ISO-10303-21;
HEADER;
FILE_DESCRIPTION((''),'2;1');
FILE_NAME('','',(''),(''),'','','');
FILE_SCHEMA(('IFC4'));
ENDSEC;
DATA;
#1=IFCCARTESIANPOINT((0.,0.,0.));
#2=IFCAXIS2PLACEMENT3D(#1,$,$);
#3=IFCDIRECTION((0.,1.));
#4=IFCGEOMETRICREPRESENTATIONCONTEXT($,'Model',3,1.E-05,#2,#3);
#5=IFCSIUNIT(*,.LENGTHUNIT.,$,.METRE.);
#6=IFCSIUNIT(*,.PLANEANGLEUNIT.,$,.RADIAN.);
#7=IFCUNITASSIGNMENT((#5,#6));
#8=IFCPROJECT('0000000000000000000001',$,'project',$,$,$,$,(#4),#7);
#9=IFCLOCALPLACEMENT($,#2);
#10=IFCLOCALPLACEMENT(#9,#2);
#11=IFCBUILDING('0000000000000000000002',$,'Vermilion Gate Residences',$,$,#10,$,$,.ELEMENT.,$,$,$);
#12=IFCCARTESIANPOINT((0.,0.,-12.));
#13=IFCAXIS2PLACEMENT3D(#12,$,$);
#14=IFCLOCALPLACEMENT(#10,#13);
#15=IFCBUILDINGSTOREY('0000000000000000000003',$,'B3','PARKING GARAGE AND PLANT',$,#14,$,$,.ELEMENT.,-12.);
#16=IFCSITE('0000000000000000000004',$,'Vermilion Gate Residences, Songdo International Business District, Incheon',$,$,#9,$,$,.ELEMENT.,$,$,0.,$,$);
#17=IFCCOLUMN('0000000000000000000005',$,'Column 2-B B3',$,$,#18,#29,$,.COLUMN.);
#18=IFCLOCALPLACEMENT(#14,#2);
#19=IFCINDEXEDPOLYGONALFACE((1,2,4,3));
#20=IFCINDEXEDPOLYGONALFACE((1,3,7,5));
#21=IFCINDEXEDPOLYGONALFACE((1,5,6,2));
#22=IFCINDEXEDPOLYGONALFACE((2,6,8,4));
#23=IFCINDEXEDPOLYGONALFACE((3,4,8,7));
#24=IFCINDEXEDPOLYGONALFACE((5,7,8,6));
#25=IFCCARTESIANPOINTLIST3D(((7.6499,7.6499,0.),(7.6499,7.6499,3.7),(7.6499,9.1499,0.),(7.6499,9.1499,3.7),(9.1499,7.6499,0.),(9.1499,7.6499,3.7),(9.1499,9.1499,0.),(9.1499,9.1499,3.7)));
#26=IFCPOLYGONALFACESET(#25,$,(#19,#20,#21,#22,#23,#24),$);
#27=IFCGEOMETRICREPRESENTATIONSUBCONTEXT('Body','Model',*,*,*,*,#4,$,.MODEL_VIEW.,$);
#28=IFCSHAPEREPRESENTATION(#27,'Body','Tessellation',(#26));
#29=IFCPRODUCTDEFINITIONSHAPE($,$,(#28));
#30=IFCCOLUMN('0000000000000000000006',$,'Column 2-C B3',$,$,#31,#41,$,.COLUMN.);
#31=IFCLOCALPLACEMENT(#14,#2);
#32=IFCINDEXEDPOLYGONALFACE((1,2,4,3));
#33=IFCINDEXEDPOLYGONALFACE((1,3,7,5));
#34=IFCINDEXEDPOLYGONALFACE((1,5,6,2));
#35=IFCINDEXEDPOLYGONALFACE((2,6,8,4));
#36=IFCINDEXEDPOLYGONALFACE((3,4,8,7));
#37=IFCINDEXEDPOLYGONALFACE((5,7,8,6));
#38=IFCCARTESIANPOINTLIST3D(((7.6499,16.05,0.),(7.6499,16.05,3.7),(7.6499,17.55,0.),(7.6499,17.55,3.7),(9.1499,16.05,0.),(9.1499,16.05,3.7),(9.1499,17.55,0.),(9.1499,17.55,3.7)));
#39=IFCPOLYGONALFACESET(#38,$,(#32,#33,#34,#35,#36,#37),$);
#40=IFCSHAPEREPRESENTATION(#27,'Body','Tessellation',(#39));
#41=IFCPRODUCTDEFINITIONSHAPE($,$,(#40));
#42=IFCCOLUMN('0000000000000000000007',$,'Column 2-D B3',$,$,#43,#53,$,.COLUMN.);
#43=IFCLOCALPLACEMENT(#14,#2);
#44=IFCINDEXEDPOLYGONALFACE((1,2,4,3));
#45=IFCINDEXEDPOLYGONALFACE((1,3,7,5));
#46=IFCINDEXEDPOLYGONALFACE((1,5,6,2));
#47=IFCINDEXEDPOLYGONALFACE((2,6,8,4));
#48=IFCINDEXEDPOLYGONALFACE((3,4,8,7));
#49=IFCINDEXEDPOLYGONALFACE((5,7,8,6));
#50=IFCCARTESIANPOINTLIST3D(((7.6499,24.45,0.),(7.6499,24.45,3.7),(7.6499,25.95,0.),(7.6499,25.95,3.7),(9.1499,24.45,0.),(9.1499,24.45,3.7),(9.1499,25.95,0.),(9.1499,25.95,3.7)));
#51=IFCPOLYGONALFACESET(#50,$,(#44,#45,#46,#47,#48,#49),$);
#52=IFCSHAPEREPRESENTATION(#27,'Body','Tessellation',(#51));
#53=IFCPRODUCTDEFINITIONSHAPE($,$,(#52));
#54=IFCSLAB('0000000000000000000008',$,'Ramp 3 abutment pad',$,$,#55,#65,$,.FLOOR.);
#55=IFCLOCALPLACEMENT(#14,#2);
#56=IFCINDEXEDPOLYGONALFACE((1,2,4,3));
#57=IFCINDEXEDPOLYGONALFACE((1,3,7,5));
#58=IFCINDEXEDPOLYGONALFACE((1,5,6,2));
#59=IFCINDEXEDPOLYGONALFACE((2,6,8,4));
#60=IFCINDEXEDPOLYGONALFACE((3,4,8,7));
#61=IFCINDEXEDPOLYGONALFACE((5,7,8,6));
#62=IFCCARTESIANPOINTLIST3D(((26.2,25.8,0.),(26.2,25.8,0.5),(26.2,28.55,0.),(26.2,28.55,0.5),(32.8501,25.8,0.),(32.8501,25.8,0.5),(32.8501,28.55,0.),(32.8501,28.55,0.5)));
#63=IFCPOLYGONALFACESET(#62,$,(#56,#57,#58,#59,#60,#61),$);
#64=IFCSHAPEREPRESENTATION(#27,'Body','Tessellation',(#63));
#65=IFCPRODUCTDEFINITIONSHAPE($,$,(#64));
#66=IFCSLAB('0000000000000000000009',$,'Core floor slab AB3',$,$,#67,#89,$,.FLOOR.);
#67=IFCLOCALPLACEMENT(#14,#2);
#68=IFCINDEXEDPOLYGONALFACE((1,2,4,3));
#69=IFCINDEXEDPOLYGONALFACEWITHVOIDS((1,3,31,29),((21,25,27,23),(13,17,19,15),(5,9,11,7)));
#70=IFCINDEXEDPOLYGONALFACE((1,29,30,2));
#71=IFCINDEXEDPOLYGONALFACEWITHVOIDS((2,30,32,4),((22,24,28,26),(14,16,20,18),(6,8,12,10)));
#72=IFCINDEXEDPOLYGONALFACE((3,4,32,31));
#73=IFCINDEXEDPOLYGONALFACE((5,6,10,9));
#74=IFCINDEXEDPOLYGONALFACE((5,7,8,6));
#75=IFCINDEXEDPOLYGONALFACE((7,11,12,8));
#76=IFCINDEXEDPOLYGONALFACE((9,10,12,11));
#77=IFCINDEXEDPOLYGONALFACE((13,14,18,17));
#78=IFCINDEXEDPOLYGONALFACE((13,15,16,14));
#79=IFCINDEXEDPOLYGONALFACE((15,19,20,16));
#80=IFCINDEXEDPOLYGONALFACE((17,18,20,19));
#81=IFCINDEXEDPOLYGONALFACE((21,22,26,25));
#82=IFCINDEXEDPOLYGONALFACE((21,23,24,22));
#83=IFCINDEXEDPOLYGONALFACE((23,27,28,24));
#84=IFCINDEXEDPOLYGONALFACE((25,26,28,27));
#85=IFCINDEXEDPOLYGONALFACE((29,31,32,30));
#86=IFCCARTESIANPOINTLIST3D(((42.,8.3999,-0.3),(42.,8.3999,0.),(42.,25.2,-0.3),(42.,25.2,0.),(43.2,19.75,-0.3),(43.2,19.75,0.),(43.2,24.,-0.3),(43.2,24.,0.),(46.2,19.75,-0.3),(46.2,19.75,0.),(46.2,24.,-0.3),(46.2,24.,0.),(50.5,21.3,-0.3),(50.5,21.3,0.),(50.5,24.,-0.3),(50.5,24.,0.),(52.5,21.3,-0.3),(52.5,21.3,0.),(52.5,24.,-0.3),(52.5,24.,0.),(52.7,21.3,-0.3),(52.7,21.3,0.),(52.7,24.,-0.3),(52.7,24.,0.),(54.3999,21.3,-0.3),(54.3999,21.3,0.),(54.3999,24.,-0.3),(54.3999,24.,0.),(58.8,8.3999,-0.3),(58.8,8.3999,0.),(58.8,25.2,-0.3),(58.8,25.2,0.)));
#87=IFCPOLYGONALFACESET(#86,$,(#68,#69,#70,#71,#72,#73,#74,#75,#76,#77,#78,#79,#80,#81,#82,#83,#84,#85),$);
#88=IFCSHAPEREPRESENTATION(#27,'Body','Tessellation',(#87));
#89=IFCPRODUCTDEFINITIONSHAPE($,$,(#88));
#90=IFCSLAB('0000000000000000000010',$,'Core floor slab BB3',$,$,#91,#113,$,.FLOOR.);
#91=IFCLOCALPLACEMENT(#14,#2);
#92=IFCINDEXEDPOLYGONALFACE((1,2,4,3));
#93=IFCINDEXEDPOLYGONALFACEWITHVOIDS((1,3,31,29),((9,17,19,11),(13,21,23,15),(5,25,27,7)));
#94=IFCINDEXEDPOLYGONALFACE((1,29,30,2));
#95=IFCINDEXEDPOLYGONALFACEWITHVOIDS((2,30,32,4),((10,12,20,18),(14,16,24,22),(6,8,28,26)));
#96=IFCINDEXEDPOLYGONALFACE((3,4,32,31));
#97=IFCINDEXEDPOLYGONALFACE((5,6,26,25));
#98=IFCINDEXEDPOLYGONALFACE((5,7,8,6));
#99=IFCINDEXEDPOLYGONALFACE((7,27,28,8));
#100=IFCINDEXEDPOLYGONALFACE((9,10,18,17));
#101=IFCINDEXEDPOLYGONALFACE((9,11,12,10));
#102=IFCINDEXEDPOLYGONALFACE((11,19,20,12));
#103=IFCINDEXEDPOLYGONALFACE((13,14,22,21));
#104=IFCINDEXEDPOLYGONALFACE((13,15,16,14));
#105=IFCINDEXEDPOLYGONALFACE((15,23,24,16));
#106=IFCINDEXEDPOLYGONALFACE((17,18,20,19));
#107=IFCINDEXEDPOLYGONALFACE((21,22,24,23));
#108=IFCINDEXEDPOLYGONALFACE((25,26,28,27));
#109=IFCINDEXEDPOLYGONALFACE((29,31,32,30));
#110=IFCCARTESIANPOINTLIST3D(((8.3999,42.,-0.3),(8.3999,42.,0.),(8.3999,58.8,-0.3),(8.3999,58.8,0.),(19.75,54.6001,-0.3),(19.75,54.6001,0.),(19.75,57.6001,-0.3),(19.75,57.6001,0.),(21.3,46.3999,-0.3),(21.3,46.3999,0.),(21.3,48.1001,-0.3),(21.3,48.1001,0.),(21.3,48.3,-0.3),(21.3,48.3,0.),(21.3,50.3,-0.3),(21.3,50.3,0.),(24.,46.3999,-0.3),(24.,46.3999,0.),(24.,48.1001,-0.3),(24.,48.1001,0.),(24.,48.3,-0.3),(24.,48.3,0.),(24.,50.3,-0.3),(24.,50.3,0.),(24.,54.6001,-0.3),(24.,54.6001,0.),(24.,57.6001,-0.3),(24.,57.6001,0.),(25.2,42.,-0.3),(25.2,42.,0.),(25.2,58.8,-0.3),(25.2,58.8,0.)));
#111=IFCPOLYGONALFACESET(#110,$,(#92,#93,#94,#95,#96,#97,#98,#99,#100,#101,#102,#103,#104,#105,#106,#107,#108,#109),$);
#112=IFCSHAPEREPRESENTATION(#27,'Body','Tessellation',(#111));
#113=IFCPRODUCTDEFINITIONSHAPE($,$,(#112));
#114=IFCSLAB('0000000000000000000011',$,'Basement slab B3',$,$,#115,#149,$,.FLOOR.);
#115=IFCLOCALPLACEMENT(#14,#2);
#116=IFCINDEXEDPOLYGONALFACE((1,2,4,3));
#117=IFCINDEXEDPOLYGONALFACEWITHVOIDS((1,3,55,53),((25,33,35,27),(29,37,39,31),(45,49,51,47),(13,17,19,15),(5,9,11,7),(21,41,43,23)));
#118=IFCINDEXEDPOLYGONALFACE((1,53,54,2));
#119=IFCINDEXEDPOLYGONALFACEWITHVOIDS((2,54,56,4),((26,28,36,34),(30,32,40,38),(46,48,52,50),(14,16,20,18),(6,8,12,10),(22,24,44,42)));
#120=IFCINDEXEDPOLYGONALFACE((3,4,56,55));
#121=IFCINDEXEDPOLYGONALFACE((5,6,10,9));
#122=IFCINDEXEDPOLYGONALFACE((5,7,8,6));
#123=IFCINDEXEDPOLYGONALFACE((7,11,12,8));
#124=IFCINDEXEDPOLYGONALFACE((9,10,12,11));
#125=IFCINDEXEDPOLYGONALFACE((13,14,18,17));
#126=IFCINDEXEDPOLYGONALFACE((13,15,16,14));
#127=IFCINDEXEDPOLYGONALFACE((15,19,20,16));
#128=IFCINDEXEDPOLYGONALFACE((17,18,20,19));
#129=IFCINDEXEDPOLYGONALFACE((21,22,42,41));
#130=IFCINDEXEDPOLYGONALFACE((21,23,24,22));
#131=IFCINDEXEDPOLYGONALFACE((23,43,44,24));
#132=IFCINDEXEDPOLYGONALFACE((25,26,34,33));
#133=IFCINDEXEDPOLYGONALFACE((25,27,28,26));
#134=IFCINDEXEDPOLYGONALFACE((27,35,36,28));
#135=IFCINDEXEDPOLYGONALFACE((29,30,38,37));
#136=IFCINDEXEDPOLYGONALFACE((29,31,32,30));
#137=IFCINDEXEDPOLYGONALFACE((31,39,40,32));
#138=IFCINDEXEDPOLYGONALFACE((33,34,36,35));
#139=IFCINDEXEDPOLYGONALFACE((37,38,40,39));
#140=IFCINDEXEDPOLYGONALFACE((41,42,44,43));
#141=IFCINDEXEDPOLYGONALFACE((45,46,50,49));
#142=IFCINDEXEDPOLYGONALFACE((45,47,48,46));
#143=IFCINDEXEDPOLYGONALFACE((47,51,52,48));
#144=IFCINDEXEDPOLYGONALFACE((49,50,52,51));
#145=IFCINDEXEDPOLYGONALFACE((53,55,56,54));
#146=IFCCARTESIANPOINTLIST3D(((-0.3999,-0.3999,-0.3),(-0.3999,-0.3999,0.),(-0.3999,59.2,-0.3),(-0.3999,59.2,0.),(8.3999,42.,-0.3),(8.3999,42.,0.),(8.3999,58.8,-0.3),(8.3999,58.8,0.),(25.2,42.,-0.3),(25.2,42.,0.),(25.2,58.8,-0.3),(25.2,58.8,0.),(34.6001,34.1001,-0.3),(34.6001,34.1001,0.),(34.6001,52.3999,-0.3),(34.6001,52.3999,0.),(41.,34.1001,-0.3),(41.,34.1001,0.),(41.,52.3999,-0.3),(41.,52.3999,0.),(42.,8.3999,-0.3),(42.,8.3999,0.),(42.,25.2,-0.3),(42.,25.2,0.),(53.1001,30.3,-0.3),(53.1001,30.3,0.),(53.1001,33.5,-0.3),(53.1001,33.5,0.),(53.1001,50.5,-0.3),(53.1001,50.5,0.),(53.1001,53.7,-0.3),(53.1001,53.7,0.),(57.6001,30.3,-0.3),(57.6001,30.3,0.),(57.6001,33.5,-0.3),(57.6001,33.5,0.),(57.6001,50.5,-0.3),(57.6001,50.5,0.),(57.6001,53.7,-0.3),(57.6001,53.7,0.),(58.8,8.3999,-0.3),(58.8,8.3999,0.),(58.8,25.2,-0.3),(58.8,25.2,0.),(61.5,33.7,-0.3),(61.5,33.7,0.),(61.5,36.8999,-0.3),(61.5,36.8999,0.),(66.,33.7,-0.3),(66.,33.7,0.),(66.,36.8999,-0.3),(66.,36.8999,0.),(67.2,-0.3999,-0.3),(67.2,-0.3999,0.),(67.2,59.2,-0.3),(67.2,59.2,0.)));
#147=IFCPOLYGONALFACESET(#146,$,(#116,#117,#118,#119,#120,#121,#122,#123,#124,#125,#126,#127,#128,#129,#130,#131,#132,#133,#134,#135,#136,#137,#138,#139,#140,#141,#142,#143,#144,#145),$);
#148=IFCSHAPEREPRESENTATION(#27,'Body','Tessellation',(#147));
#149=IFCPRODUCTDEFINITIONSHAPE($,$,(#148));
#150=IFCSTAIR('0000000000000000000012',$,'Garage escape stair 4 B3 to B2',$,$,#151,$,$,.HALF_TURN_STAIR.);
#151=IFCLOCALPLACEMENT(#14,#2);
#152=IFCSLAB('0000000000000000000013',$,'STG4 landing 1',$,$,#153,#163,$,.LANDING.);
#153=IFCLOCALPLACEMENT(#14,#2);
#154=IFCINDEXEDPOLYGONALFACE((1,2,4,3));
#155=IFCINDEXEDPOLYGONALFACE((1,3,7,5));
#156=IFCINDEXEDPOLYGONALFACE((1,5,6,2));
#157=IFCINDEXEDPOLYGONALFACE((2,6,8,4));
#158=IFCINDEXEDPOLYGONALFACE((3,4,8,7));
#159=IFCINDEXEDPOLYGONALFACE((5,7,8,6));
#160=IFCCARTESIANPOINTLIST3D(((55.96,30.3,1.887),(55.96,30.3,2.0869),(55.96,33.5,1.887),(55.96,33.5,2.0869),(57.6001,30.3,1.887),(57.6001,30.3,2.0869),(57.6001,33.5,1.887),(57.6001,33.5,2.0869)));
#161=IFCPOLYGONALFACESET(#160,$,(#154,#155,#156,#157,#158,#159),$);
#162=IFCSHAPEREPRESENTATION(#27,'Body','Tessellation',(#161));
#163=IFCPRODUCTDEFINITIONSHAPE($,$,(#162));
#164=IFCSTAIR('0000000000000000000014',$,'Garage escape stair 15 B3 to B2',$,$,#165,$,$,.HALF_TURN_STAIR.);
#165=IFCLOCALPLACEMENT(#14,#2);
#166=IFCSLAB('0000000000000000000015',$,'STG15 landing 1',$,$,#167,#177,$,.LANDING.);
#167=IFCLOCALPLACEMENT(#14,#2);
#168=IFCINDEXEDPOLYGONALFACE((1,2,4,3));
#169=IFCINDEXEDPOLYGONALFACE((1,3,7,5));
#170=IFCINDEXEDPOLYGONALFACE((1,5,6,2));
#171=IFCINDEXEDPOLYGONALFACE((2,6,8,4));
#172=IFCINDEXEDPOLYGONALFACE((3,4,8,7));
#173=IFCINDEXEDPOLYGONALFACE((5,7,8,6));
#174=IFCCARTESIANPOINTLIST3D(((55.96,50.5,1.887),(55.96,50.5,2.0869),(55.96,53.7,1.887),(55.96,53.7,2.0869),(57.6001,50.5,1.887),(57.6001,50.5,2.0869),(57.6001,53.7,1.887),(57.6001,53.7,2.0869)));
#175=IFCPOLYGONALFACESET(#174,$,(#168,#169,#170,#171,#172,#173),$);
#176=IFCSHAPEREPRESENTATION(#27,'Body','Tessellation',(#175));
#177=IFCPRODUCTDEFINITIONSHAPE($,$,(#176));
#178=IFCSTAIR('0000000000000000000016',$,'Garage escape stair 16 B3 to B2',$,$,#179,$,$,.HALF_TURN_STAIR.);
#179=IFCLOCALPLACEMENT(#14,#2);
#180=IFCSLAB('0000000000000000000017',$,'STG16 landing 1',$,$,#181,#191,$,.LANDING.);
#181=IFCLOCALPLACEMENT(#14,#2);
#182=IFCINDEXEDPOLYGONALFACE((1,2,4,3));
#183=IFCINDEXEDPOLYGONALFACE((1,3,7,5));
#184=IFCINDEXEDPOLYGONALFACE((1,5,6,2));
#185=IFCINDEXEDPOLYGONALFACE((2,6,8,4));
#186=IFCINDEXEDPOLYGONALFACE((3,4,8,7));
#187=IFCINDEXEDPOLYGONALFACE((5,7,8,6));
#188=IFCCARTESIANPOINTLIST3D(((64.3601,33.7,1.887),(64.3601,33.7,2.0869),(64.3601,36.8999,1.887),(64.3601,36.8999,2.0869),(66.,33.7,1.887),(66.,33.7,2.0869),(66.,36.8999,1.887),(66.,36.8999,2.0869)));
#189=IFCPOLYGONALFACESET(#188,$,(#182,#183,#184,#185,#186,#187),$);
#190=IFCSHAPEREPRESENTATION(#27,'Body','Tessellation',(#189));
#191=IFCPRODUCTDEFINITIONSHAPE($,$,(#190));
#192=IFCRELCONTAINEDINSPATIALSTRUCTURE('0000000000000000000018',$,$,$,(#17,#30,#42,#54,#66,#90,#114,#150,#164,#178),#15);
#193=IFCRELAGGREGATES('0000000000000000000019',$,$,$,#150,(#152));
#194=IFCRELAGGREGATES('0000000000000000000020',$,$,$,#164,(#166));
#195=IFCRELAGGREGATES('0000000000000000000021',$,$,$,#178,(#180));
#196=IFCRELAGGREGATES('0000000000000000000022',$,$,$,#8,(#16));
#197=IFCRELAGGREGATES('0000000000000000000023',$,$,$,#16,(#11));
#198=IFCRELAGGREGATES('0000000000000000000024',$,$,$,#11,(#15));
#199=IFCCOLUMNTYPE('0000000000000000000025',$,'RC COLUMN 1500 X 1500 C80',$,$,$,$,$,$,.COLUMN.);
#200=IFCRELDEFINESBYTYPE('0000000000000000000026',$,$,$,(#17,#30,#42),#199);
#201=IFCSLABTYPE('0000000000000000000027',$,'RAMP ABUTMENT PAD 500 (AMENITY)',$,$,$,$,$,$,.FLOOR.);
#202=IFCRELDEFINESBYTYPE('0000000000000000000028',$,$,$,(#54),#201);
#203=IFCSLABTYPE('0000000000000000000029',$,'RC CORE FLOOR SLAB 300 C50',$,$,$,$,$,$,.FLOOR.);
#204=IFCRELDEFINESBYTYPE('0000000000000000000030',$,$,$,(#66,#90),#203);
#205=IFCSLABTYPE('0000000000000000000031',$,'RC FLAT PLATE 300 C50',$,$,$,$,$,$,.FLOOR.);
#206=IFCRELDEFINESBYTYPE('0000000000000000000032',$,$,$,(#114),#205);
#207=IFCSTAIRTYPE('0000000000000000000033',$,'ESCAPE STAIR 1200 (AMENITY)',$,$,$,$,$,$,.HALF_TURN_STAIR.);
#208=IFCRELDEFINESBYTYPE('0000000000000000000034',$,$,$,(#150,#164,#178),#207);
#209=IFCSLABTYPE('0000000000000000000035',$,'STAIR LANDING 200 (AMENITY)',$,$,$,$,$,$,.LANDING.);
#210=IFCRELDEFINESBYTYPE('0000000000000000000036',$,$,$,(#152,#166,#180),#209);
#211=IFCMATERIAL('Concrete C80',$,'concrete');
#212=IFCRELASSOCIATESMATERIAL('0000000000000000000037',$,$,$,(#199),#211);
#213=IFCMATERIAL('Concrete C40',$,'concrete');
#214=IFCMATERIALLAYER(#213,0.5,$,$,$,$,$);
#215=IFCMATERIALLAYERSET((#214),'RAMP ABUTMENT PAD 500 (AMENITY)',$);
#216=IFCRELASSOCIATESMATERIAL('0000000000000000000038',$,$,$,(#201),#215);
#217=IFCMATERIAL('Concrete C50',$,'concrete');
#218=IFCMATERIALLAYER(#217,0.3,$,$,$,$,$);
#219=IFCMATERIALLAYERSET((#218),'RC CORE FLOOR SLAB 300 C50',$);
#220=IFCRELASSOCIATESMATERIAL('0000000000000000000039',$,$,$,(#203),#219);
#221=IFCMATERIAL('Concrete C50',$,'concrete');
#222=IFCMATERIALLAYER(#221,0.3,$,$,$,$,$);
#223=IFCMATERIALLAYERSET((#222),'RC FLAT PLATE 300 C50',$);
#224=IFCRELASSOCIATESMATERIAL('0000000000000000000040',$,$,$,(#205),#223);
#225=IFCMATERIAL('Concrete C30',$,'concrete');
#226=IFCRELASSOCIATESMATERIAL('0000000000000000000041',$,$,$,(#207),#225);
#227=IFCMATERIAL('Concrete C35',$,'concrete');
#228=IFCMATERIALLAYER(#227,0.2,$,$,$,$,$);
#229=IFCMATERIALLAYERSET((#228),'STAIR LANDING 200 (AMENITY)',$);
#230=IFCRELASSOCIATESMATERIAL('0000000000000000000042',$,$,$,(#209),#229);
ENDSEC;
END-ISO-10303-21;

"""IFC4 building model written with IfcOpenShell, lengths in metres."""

from ifc_helpers import new_model, si_unit, direction, frame, origin, origin_2d, place, context, subcontext, project, spatial, polyline, rectangle, outline, extrude, material, layer, layer_set, material_profile, profile_set, type_object, element, aggregate, save


model = new_model("IFC4")

# Units and contexts
model_context = context("Model", 3, precision=1e-05, world=origin(), true_north=direction((0.0, 1.0)))
body_context = subcontext(model_context, "Body", "Model", "MODEL_VIEW")
ifc_project = project(units=[si_unit("LENGTHUNIT", "METRE"), si_unit("PLANEANGLEUNIT", "RADIAN")], contexts=[model_context])

# Site, building, storey
site_placement = place(None, origin())
site = spatial("IfcSite", under=ifc_project, at=site_placement, Name="Vermilion Gate Residences, Songdo International Business District, Incheon", CompositionType="ELEMENT", RefElevation=0.0)
building_placement = place(site_placement, origin())
building = spatial("IfcBuilding", under=site, at=building_placement, Name="Vermilion Gate Residences", CompositionType="ELEMENT")
storey_placement = place(building_placement, frame((0.0, 0.0, -12.0)))
storey = spatial("IfcBuildingStorey", under=building, at=storey_placement, Name="B3", Description="PARKING GARAGE AND PLANT", CompositionType="ELEMENT", Elevation=-12.0)

# Columns
ifc_material_1 = material(Name="Concrete C80", Category="concrete")
ifc_material_profile = material_profile(ifc_material_1, rectangle(XDim=1.5, YDim=1.5, at=origin_2d()), Name="RC-1500x1500")
ifc_profile_set = profile_set([ifc_material_profile], Name="Concrete C80")
column_type = type_object("IfcColumnType", Name="RC COLUMN 1500 X 1500 C80", PredefinedType="COLUMN", material=ifc_profile_set)
for number, where, z_axis, x_axis, name in (
    (1, (8.3999, 8.3999, 0.0), (0.0, 0.0, 1.0), (1.0, 0.0, 0.0), "Column 2-B B3"),
    (2, (8.3999, 16.8, 0.0), (0.0, 0.0, 1.0), (1.0, 0.0, 0.0), "Column 2-C B3"),
    (3, (8.3999, 25.2, 0.0), (0.0, 0.0, 1.0), (1.0, 0.0, 0.0), "Column 2-D B3"),
):
    element("IfcColumn", number, at=place(storey_placement, frame(where, z_axis=z_axis, x_axis=x_axis)), inside=storey, type_object=column_type, Name=name, PredefinedType="COLUMN", context=body_context, shape_type="SweptSolid", body=[
        extrude(rectangle(XDim=1.5, YDim=1.5, at=origin_2d()), origin(), (0.0, 0.0, 1.0), 3.7),
    ])

# Slabs
ifc_material_2 = material(Name="Concrete C40", Category="concrete")
ifc_layer_1 = layer(ifc_material_2, 0.5)
ifc_layer_set_1 = layer_set([ifc_layer_1], Name="RAMP ABUTMENT PAD 500 (AMENITY)")
slab_type_1 = type_object("IfcSlabType", Name="RAMP ABUTMENT PAD 500 (AMENITY)", PredefinedType="FLOOR", material=ifc_layer_set_1)
slab_1_placement = place(storey_placement, origin())
element("IfcSlab", 4, at=slab_1_placement, inside=storey, type_object=slab_type_1, Name="Ramp 3 abutment pad", PredefinedType="FLOOR", context=body_context, shape_type="SweptSolid", body=[
    extrude(outline(polyline([(26.2, 25.8), (32.8501, 25.8), (32.8501, 28.55), (26.2, 28.55), (26.2, 25.8)])), origin(), (0.0, 0.0, 1.0), 0.5),
])
ifc_material_3 = material(Name="Concrete C50", Category="concrete")
ifc_layer_2 = layer(ifc_material_3, 0.3)
ifc_layer_set_2 = layer_set([ifc_layer_2], Name="RC CORE FLOOR SLAB 300 C50")
slab_type_2 = type_object("IfcSlabType", Name="RC CORE FLOOR SLAB 300 C50", PredefinedType="FLOOR", material=ifc_layer_set_2)
slab_2_placement = place(storey_placement, frame((0.0, 0.0, -0.3)))
element("IfcSlab", 5, at=slab_2_placement, inside=storey, type_object=slab_type_2, Name="Core floor slab AB3", PredefinedType="FLOOR", context=body_context, shape_type="SweptSolid", body=[
    extrude(outline(polyline([(42.0, 8.3999), (58.8, 8.3999), (58.8, 25.2), (42.0, 25.2), (42.0, 8.3999)]), holes=[polyline([(46.2, 19.75), (43.2, 19.75), (43.2, 24.0), (46.2, 24.0), (46.2, 19.75)]), polyline([(50.5, 21.3), (50.5, 24.0), (52.5, 24.0), (52.5, 21.3), (50.5, 21.3)]), polyline([(52.7, 21.3), (52.7, 24.0), (54.3999, 24.0), (54.3999, 21.3), (52.7, 21.3)])]), origin(), (0.0, 0.0, 1.0), 0.3),
])
slab_3_placement = place(storey_placement, frame((0.0, 0.0, -0.3)))
element("IfcSlab", 6, at=slab_3_placement, inside=storey, type_object=slab_type_2, Name="Core floor slab BB3", PredefinedType="FLOOR", context=body_context, shape_type="SweptSolid", body=[
    extrude(outline(polyline([(8.3999, 42.0), (25.2, 42.0), (25.2, 58.8), (8.3999, 58.8), (8.3999, 42.0)]), holes=[polyline([(24.0, 46.3999), (21.3, 46.3999), (21.3, 48.1001), (24.0, 48.1001), (24.0, 46.3999)]), polyline([(21.3, 48.3), (21.3, 50.3), (24.0, 50.3), (24.0, 48.3), (21.3, 48.3)]), polyline([(19.75, 54.6001), (19.75, 57.6001), (24.0, 57.6001), (24.0, 54.6001), (19.75, 54.6001)])]), origin(), (0.0, 0.0, 1.0), 0.3),
])
ifc_material_4 = material(Name="Concrete C50", Category="concrete")
ifc_layer_3 = layer(ifc_material_4, 0.3)
ifc_layer_set_3 = layer_set([ifc_layer_3], Name="RC FLAT PLATE 300 C50")
slab_type_3 = type_object("IfcSlabType", Name="RC FLAT PLATE 300 C50", PredefinedType="FLOOR", material=ifc_layer_set_3)
slab_4_placement = place(storey_placement, frame((0.0, 0.0, -0.3)))
element("IfcSlab", 7, at=slab_4_placement, inside=storey, type_object=slab_type_3, Name="Basement slab B3", PredefinedType="FLOOR", context=body_context, shape_type="SweptSolid", body=[
    extrude(outline(polyline([(-0.3999, -0.3999), (67.2, -0.3999), (67.2, 59.2), (-0.3999, 59.2), (-0.3999, -0.3999)]), holes=[polyline([(66.0, 36.8999), (66.0, 33.7), (61.5, 33.7), (61.5, 36.8999), (66.0, 36.8999)]), polyline([(58.8, 8.3999), (42.0, 8.3999), (42.0, 25.2), (58.8, 25.2), (58.8, 8.3999)]), polyline([(53.1001, 30.3), (53.1001, 33.5), (57.6001, 33.5), (57.6001, 30.3), (53.1001, 30.3)]), polyline([(53.1001, 53.7), (57.6001, 53.7), (57.6001, 50.5), (53.1001, 50.5), (53.1001, 53.7)]), polyline([(41.0, 34.1001), (34.6001, 34.1001), (34.6001, 52.3999), (41.0, 52.3999), (41.0, 34.1001)]), polyline([(25.2, 42.0), (8.3999, 42.0), (8.3999, 58.8), (25.2, 58.8), (25.2, 42.0)])]), origin(), (0.0, 0.0, 1.0), 0.3),
])

# Stairs, slabs
ifc_material_5 = material(Name="Concrete C30", Category="concrete")
stair_type_1 = type_object("IfcStairType", Name="ESCAPE STAIR 1200 (AMENITY)", PredefinedType="HALF_TURN_STAIR", material=ifc_material_5)
stair_1_placement = place(storey_placement, origin())
stair_1 = element("IfcStair", 8, at=stair_1_placement, inside=storey, type_object=stair_type_1, Name="Garage escape stair 4 B3 to B2", PredefinedType="HALF_TURN_STAIR")
ifc_material_6 = material(Name="Concrete C35", Category="concrete")
ifc_layer_4 = layer(ifc_material_6, 0.2)
ifc_layer_set_4 = layer_set([ifc_layer_4], Name="STAIR LANDING 200 (AMENITY)")
slab_type_4 = type_object("IfcSlabType", Name="STAIR LANDING 200 (AMENITY)", PredefinedType="LANDING", material=ifc_layer_set_4)
slab_5_placement = place(storey_placement, frame((0.0, 0.0, 1.887)))
slab_5 = element("IfcSlab", 9, at=slab_5_placement, type_object=slab_type_4, Name="STG4 landing 1", PredefinedType="LANDING", context=body_context, shape_type="SweptSolid", body=[
    extrude(outline(polyline([(55.96, 30.3), (57.6001, 30.3), (57.6001, 33.5), (55.96, 33.5), (55.96, 30.3)])), origin(), (0.0, 0.0, 1.0), 0.2),
])
aggregate(stair_1, [slab_5])
stair_2_placement = place(storey_placement, origin())
stair_2 = element("IfcStair", 10, at=stair_2_placement, inside=storey, type_object=stair_type_1, Name="Garage escape stair 15 B3 to B2", PredefinedType="HALF_TURN_STAIR")
slab_6_placement = place(storey_placement, frame((0.0, 0.0, 1.887)))
slab_6 = element("IfcSlab", 11, at=slab_6_placement, type_object=slab_type_4, Name="STG15 landing 1", PredefinedType="LANDING", context=body_context, shape_type="SweptSolid", body=[
    extrude(outline(polyline([(55.96, 50.5), (57.6001, 50.5), (57.6001, 53.7), (55.96, 53.7), (55.96, 50.5)])), origin(), (0.0, 0.0, 1.0), 0.2),
])
aggregate(stair_2, [slab_6])
stair_3_placement = place(storey_placement, origin())
stair_3 = element("IfcStair", 12, at=stair_3_placement, inside=storey, type_object=stair_type_1, Name="Garage escape stair 16 B3 to B2", PredefinedType="HALF_TURN_STAIR")
slab_7_placement = place(storey_placement, frame((0.0, 0.0, 1.887)))
slab_7 = element("IfcSlab", 13, at=slab_7_placement, type_object=slab_type_4, Name="STG16 landing 1", PredefinedType="LANDING", context=body_context, shape_type="SweptSolid", body=[
    extrude(outline(polyline([(64.3601, 33.7), (66.0, 33.7), (66.0, 36.8999), (64.3601, 36.8999), (64.3601, 33.7)])), origin(), (0.0, 0.0, 1.0), 0.2),
])
aggregate(stair_3, [slab_7])

save(model, "model.ifc")
